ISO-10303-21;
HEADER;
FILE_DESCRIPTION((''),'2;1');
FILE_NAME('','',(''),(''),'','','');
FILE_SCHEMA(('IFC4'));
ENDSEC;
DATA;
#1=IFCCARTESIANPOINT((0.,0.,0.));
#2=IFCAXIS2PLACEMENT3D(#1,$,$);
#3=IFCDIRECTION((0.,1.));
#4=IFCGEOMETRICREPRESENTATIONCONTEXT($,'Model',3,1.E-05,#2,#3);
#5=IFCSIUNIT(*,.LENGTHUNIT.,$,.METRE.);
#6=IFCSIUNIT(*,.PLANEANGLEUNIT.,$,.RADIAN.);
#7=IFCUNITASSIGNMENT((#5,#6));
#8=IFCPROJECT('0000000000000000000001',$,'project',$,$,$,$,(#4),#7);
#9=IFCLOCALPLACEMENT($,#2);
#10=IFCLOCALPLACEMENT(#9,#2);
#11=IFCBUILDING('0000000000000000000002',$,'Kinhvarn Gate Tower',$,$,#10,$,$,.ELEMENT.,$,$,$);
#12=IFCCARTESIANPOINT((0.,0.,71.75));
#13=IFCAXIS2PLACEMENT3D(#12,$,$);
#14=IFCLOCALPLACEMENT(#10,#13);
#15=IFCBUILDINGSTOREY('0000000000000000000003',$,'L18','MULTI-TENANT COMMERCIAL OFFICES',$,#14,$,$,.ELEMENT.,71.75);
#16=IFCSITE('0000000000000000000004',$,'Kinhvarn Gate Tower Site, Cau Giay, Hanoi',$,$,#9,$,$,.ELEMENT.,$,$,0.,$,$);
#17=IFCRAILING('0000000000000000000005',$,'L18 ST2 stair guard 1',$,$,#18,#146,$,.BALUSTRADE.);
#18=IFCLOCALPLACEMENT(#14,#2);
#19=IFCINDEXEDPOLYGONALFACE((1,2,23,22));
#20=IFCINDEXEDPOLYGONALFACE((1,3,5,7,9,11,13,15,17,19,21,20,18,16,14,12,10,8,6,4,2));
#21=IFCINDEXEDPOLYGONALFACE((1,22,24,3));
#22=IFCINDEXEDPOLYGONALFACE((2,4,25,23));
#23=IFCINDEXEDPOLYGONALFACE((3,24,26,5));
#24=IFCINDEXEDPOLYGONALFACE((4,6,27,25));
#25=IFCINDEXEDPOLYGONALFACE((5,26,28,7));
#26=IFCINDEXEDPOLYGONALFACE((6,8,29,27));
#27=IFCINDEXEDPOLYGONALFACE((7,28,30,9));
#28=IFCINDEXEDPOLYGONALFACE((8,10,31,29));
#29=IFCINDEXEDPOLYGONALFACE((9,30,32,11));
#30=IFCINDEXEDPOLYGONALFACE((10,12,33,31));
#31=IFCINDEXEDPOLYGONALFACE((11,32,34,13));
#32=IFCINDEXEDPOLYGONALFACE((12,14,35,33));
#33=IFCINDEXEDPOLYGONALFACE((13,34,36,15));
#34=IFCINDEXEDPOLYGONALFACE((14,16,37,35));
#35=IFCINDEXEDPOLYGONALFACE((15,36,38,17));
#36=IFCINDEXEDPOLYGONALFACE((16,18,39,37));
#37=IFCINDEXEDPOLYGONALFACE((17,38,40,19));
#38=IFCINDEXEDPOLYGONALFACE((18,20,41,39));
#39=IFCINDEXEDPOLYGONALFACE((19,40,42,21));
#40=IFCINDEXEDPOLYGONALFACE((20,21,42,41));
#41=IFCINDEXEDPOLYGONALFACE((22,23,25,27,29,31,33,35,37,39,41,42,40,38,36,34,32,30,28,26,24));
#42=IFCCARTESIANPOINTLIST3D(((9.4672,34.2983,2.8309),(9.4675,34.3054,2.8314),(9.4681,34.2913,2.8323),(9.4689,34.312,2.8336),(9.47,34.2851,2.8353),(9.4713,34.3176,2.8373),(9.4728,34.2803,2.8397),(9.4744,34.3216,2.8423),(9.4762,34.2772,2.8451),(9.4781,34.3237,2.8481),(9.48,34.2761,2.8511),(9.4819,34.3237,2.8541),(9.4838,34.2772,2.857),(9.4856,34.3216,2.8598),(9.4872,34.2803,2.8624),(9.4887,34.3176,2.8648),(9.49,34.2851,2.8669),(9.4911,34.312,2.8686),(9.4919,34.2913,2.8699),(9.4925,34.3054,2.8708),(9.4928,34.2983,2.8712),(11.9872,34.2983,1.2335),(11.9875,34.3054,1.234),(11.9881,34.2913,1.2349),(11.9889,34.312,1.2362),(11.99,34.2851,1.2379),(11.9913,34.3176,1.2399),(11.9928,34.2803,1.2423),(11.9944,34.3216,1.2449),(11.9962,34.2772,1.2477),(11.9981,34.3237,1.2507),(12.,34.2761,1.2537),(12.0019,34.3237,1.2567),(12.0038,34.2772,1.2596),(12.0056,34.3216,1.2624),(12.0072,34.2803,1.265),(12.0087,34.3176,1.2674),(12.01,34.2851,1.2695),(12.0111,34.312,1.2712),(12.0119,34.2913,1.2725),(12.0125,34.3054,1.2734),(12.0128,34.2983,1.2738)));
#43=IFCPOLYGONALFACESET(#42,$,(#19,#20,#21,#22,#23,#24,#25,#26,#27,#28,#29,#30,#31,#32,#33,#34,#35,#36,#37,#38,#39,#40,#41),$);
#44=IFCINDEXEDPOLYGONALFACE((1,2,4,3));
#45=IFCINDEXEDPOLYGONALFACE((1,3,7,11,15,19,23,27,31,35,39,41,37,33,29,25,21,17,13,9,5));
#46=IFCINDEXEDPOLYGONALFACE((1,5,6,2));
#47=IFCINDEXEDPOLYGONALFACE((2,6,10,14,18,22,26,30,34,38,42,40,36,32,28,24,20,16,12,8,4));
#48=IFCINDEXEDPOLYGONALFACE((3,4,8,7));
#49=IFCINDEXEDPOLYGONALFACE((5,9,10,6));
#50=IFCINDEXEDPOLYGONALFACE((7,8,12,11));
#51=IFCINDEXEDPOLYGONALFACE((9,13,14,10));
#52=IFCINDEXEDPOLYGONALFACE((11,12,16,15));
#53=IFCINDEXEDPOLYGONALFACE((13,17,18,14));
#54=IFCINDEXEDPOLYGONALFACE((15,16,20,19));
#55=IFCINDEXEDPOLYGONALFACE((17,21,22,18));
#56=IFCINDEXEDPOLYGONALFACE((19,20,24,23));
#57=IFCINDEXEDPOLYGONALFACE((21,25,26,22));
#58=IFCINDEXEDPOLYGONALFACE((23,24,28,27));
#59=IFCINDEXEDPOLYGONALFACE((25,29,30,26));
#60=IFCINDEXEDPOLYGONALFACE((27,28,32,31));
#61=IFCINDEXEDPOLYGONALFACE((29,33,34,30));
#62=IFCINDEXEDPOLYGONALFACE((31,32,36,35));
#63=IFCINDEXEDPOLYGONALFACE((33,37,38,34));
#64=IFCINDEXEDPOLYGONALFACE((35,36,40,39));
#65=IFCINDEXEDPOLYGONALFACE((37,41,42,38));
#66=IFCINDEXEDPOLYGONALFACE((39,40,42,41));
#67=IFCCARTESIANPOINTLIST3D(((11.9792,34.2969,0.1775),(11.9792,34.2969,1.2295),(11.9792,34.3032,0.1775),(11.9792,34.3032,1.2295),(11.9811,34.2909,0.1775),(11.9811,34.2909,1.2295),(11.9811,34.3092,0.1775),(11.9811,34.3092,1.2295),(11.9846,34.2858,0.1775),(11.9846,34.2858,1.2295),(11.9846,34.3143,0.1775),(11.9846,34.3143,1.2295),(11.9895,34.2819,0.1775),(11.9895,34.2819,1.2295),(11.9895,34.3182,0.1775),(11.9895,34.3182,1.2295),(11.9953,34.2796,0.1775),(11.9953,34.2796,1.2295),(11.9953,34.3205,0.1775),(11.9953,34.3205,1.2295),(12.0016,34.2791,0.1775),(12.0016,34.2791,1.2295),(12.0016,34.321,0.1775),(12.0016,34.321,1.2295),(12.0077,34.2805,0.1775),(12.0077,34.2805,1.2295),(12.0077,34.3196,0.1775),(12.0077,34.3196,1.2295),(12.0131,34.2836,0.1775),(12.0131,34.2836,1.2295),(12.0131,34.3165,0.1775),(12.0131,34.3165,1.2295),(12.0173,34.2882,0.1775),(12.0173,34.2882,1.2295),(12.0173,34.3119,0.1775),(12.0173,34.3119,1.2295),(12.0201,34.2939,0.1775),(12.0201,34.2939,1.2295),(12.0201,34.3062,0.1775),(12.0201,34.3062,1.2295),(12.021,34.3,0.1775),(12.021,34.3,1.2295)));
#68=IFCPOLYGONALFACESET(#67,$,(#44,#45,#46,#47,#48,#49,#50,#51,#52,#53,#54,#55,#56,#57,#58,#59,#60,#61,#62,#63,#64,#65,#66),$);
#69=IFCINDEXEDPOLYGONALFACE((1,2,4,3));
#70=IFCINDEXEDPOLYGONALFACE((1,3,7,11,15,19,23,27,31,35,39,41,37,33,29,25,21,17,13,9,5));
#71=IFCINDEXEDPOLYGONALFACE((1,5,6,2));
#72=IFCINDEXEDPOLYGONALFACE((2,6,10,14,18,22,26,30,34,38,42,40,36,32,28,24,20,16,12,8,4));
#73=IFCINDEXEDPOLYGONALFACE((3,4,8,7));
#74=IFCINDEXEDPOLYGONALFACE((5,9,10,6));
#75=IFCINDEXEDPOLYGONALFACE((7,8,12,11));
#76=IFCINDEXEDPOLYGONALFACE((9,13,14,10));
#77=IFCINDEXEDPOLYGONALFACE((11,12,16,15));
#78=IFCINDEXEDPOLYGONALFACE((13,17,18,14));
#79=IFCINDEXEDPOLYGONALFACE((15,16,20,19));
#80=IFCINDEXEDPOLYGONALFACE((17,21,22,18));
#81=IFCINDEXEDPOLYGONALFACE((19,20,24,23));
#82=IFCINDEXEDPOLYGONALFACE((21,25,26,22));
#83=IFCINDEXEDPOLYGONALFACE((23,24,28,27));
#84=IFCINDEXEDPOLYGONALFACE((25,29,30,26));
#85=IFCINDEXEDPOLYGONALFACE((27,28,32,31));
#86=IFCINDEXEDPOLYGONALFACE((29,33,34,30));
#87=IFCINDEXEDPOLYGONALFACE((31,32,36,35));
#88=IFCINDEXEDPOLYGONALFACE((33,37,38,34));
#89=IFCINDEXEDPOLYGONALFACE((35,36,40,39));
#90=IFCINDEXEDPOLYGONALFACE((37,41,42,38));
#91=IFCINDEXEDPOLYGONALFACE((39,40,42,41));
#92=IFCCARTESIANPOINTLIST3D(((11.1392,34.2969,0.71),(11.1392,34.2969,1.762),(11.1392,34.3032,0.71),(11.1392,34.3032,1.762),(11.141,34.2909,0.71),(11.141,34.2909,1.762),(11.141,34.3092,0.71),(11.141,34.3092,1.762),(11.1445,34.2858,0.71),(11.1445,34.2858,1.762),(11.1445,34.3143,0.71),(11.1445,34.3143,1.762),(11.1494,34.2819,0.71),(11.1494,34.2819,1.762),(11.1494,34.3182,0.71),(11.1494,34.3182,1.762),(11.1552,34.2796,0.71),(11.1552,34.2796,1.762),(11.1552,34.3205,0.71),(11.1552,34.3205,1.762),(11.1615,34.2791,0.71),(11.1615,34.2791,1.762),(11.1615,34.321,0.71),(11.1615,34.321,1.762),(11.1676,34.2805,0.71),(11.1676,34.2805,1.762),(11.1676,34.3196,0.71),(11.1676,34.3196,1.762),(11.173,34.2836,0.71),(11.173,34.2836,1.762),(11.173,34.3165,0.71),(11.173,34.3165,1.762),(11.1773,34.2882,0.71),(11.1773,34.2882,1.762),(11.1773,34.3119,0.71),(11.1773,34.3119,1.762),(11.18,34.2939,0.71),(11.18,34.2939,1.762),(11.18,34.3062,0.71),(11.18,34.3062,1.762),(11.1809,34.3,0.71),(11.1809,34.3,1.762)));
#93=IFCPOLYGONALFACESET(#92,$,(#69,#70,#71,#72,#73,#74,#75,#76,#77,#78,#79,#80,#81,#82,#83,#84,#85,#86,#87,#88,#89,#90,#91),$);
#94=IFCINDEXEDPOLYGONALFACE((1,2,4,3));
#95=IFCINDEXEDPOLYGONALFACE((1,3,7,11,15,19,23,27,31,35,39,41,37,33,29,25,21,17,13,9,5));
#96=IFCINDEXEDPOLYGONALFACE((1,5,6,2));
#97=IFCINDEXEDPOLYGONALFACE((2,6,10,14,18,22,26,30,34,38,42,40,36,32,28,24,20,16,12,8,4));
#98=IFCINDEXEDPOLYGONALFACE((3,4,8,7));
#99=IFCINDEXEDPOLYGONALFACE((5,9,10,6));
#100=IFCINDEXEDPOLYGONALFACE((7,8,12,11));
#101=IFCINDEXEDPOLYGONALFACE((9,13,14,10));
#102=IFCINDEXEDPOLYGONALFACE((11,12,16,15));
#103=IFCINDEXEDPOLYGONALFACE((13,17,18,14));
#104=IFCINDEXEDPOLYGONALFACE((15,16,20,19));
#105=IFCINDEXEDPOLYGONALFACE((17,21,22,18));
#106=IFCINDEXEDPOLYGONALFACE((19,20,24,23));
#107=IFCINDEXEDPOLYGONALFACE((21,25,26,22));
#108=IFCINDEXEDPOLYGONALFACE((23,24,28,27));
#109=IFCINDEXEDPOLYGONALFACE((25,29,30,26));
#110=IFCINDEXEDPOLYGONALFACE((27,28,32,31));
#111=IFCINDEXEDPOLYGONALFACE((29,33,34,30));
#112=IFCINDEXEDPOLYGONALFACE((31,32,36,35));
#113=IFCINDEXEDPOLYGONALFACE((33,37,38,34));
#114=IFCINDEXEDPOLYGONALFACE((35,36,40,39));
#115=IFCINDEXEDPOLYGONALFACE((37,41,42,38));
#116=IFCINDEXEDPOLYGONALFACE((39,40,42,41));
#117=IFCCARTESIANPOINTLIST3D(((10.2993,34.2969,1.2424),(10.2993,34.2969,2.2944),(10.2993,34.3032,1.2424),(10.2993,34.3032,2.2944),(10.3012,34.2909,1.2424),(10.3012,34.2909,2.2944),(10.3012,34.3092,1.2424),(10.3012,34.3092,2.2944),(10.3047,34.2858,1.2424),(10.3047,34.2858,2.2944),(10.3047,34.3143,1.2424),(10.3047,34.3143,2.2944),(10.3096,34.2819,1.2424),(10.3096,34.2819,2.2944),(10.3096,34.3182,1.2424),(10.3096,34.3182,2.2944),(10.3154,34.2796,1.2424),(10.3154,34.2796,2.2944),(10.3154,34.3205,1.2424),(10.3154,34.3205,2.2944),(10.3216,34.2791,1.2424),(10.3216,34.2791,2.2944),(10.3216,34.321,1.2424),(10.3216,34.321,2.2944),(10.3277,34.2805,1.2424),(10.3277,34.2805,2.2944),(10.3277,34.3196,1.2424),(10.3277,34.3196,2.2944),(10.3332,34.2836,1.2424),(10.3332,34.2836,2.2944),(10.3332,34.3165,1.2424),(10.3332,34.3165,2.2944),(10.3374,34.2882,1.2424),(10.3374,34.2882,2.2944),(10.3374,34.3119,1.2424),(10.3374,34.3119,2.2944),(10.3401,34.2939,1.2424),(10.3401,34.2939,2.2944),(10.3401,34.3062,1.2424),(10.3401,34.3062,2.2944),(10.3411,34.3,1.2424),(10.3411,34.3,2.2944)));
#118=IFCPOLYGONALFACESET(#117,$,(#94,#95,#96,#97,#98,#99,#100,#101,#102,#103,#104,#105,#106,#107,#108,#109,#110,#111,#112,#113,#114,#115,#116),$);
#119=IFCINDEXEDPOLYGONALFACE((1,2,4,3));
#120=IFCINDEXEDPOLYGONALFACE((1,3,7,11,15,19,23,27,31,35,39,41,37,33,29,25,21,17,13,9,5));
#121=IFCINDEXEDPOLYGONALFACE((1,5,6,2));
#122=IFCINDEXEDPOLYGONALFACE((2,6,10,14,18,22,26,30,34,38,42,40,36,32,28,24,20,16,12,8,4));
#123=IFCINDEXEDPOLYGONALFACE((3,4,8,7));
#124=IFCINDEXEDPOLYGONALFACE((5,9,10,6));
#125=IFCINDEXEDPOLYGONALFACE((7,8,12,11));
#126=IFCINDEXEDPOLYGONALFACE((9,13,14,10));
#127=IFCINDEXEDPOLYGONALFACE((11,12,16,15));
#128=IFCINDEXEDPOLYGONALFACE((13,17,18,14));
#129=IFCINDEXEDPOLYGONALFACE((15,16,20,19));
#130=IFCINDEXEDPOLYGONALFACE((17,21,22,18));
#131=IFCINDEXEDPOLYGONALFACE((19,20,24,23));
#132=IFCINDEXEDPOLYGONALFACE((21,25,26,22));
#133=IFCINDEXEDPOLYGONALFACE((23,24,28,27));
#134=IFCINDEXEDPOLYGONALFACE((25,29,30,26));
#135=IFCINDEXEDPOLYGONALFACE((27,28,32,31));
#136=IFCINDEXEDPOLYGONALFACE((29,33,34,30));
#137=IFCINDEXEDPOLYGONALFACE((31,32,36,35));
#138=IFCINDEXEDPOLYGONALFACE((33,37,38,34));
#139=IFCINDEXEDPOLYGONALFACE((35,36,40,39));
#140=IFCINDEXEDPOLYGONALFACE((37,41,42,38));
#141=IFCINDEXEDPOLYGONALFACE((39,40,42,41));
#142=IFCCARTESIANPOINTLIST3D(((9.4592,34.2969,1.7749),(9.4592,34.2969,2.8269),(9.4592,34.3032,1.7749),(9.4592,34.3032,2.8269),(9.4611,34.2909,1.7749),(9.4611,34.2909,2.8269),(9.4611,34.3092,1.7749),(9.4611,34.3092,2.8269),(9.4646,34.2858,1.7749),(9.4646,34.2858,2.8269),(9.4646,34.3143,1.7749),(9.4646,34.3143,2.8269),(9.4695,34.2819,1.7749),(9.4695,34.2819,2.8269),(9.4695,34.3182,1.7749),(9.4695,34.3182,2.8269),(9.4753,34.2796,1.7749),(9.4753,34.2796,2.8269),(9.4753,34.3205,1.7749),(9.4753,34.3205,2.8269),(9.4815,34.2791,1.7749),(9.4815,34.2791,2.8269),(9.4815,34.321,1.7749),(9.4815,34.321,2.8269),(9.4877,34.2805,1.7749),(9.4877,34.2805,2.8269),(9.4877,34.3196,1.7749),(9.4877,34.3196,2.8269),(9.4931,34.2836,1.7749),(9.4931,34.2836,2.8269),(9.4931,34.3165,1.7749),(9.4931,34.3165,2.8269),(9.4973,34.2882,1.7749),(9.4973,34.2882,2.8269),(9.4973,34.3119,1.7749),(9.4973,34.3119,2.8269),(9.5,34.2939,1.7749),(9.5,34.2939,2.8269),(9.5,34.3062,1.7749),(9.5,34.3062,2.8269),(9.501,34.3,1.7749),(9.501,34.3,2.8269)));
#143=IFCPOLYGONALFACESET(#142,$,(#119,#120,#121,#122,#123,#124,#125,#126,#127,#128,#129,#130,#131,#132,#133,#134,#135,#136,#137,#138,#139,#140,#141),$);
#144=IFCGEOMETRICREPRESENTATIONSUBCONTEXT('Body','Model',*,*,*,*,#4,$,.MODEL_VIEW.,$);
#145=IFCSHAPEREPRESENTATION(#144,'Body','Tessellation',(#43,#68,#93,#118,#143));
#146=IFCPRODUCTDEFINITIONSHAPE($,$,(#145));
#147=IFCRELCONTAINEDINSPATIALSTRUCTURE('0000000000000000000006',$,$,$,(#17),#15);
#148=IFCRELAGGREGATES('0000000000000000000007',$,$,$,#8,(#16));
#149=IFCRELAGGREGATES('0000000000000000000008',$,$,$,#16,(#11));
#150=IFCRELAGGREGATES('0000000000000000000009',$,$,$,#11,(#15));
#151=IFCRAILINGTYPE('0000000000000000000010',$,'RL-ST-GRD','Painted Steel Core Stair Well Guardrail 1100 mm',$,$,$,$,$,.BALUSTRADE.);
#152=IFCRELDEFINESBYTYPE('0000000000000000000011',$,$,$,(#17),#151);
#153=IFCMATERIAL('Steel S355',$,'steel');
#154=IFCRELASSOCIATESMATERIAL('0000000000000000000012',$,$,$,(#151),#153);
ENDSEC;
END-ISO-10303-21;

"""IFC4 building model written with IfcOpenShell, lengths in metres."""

from ifc_helpers import new_model, si_unit, direction, frame, origin, origin_2d, place, context, subcontext, project, spatial, circle, extrude, material, type_object, element, save


model = new_model("IFC4")

# Units and contexts
model_context = context("Model", 3, precision=1e-05, world=origin(), true_north=direction((0.0, 1.0)))
body_context = subcontext(model_context, "Body", "Model", "MODEL_VIEW")
ifc_project = project(units=[si_unit("LENGTHUNIT", "METRE"), si_unit("PLANEANGLEUNIT", "RADIAN")], contexts=[model_context])

# Site, building, storey
site_placement = place(None, origin())
site = spatial("IfcSite", under=ifc_project, at=site_placement, Name="Kinhvarn Gate Tower Site, Cau Giay, Hanoi", CompositionType="ELEMENT", RefElevation=0.0)
building_placement = place(site_placement, origin())
building = spatial("IfcBuilding", under=site, at=building_placement, Name="Kinhvarn Gate Tower", CompositionType="ELEMENT")
storey_placement = place(building_placement, frame((0.0, 0.0, 71.75)))
storey = spatial("IfcBuildingStorey", under=building, at=storey_placement, Name="L18", Description="MULTI-TENANT COMMERCIAL OFFICES", CompositionType="ELEMENT", Elevation=71.75)

# Shared definitions
ifc_material_1 = material(Name="Steel S355", Category="steel")

# Railing
railing_type_1 = type_object("IfcRailingType", Name="RL-ST-GRD", Description="Painted Steel Core Stair Well Guardrail 1100 mm", PredefinedType="BALUSTRADE", material=ifc_material_1)
railing_1_placement = place(storey_placement, frame((12.0, 34.3, 0.1775)))
element("IfcRailing", 1, at=railing_1_placement, inside=storey, type_object=railing_type_1, Name="L18 ST2 stair guard 1", PredefinedType="BALUSTRADE", context=body_context, shape_type="SweptSolid", body=[
    extrude(circle(Radius=0.0239, at=origin_2d()), frame((0.0, 0.0, 1.0762), z_axis=(-0.844607, 0.0, 0.535387), x_axis=(0.0, -1.0, 0.0)), (0.0, 0.0, 1.0), 2.9836),
    extrude(circle(Radius=0.021, at=origin_2d()), origin(), (0.0, 0.0, 1.0), 1.052),
    extrude(circle(Radius=0.021, at=origin_2d()), frame((-0.8401, 0.0, 0.5325)), (0.0, 0.0, 1.0), 1.052),
    extrude(circle(Radius=0.021, at=origin_2d()), frame((-1.6799, 0.0, 1.0649)), (0.0, 0.0, 1.0), 1.052),
    extrude(circle(Radius=0.021, at=origin_2d()), frame((-2.52, 0.0, 1.5974)), (0.0, 0.0, 1.0), 1.052),
])

save(model, "model.ifc")
